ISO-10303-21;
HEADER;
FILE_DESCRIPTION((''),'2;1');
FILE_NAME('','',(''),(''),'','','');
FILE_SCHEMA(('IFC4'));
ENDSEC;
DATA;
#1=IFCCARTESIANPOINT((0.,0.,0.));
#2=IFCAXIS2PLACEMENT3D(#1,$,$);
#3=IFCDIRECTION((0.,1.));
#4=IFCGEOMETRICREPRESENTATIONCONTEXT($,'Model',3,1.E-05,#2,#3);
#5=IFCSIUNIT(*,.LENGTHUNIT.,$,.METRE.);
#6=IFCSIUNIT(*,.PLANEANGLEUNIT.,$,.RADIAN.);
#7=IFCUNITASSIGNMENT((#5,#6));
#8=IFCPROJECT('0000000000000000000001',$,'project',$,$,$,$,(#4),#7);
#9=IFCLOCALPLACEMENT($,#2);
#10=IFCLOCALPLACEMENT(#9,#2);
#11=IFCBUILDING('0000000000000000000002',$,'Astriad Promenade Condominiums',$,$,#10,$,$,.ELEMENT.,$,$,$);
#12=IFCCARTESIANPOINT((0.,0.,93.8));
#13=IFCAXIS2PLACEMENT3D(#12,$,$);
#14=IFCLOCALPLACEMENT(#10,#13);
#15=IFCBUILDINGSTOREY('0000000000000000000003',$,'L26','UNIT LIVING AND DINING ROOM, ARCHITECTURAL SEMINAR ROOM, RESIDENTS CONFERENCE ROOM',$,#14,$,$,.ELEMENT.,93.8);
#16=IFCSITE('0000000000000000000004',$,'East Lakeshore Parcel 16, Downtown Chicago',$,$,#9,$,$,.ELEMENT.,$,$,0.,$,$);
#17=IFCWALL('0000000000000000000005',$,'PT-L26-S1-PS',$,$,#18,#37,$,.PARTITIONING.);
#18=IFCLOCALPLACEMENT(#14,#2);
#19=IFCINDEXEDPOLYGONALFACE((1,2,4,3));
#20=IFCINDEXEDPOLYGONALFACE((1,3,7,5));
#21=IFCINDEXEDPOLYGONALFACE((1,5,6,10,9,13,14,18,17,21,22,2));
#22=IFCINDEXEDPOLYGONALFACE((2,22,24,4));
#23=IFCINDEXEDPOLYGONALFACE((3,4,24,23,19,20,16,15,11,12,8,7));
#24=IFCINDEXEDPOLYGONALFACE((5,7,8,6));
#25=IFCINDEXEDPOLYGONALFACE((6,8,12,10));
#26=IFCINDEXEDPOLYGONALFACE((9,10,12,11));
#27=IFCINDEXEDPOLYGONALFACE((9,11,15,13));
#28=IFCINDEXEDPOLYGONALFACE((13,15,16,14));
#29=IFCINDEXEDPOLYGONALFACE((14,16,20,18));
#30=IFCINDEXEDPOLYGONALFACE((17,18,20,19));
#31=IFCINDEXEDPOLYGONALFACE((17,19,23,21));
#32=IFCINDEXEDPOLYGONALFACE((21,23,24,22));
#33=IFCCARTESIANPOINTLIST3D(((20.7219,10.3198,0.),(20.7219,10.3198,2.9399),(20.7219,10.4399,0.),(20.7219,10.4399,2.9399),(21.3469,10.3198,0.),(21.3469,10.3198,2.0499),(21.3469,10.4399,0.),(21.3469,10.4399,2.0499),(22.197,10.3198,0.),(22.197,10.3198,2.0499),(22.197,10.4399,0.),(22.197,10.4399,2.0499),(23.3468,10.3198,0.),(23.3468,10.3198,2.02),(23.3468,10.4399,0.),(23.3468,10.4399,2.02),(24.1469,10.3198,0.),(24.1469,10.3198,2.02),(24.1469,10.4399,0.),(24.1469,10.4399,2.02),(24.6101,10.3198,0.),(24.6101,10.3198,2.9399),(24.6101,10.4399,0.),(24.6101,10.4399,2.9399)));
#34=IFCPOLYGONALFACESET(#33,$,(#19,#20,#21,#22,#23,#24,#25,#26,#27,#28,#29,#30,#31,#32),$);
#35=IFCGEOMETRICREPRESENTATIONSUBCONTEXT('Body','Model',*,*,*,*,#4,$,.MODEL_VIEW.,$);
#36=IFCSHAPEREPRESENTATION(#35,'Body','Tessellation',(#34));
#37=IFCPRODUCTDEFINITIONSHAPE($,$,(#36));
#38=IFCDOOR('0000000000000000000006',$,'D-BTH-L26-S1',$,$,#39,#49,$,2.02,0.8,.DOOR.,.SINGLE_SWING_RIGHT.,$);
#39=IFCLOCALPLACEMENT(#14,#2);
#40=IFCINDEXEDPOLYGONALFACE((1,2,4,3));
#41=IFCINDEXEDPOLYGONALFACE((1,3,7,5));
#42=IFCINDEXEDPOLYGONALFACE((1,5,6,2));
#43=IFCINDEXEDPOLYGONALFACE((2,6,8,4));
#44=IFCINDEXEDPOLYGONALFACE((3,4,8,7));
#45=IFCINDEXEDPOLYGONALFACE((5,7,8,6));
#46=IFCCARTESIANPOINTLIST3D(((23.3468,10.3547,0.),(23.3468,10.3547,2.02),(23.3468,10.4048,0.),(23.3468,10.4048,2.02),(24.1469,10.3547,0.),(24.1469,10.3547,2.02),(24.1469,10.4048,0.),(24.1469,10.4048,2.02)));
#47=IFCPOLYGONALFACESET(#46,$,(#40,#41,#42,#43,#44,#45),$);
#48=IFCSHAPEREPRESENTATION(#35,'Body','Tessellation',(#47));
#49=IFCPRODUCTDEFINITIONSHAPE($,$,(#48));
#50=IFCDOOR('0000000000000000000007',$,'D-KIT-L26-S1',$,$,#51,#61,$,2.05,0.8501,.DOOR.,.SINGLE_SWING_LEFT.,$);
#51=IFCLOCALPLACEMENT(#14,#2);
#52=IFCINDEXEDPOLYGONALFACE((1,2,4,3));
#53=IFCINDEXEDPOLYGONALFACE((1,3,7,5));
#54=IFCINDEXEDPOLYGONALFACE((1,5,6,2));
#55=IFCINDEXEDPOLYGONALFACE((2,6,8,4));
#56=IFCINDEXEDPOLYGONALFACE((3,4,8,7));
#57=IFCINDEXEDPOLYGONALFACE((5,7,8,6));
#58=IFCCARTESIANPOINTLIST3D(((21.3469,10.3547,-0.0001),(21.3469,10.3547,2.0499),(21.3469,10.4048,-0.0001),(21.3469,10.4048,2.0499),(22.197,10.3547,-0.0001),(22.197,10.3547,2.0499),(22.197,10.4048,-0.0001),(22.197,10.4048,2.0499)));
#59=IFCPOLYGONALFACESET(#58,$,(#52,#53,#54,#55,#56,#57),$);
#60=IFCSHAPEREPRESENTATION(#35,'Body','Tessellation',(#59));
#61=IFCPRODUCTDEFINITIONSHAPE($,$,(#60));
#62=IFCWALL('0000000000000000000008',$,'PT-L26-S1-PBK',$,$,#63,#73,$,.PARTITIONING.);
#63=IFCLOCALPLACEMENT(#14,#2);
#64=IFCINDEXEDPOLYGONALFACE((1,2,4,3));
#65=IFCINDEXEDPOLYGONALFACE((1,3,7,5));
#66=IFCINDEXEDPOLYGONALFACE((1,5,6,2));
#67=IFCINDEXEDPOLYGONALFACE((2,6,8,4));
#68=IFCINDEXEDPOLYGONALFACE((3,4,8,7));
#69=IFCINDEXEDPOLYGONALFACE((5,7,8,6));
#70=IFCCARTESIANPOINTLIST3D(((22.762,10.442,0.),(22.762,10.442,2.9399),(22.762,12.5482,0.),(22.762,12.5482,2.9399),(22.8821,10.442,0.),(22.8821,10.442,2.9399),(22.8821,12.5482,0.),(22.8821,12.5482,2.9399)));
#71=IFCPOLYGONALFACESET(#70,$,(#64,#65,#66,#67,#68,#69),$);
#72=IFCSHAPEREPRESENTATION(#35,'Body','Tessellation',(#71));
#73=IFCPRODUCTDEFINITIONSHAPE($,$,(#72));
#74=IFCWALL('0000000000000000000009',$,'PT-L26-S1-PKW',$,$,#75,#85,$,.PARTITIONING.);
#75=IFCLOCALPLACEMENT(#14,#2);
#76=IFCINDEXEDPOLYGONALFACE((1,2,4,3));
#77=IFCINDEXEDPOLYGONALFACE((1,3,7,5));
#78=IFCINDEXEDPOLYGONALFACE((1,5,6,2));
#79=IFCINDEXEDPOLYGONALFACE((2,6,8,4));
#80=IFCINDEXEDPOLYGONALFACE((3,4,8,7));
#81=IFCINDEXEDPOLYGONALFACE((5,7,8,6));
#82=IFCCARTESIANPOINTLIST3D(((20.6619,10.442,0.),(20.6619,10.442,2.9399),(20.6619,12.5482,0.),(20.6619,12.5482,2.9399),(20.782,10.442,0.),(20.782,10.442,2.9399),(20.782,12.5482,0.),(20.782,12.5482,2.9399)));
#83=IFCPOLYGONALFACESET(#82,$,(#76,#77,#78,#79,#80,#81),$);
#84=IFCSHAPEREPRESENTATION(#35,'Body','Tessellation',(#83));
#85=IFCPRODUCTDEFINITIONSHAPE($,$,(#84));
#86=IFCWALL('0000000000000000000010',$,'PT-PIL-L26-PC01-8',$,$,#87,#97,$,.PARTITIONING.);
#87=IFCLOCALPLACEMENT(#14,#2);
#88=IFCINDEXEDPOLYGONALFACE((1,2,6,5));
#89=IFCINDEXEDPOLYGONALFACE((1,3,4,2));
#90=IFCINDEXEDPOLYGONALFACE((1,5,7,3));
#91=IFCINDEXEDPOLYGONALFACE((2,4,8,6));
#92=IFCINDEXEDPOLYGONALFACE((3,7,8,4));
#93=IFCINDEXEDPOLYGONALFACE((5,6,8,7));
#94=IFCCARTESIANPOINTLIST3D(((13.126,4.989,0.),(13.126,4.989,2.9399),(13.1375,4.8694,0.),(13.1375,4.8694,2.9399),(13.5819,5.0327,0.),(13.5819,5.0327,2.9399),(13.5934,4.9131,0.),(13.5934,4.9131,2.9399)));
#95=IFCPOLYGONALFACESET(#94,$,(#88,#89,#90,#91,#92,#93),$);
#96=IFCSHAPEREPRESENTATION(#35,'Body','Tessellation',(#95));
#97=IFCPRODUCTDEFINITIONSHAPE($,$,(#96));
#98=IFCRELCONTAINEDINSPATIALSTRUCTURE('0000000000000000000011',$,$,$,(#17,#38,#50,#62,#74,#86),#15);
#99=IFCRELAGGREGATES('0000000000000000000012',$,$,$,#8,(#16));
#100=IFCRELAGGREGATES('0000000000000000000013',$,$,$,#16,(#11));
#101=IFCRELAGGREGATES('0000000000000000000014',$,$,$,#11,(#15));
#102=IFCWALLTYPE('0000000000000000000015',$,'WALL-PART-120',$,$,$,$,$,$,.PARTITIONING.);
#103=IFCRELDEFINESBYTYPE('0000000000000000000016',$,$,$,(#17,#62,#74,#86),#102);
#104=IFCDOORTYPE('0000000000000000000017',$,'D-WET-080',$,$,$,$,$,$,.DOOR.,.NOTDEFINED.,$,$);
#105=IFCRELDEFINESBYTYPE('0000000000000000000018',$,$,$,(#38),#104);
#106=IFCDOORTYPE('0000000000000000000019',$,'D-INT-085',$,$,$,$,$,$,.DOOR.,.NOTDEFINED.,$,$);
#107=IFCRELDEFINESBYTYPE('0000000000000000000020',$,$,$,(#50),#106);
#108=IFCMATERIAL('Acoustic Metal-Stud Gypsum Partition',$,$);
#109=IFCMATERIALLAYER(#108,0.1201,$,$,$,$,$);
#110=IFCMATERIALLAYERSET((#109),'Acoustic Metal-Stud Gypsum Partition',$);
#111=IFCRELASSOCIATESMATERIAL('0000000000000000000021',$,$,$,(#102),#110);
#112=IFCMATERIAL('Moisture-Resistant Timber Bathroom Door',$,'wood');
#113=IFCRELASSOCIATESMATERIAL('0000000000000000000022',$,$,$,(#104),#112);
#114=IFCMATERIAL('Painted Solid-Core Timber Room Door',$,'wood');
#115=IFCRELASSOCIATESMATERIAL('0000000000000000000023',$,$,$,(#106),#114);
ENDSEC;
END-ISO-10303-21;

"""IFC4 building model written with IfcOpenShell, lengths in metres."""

from ifc_helpers import new_model, si_unit, direction, frame, frame_2d, origin, place, context, subcontext, project, spatial, rectangle, extrude, source, transform, mapped, material, layer, layer_set, type_object, type_shapes, element, fill, save


model = new_model("IFC4")

# Units and contexts
model_context = context("Model", 3, precision=1e-05, world=origin(), true_north=direction((0.0, 1.0)))
body_context = subcontext(model_context, "Body", "Model", "MODEL_VIEW")
ifc_project = project(units=[si_unit("LENGTHUNIT", "METRE"), si_unit("PLANEANGLEUNIT", "RADIAN")], contexts=[model_context])

# Site, building, storey
site_placement = place(None, origin())
site = spatial("IfcSite", under=ifc_project, at=site_placement, Name="East Lakeshore Parcel 16, Downtown Chicago", CompositionType="ELEMENT", RefElevation=0.0)
building_placement = place(site_placement, origin())
building = spatial("IfcBuilding", under=site, at=building_placement, Name="Astriad Promenade Condominiums", CompositionType="ELEMENT")
storey_placement = place(building_placement, frame((0.0, 0.0, 93.8)))
storey = spatial("IfcBuildingStorey", under=building, at=storey_placement, Name="L26", Description="UNIT LIVING AND DINING ROOM, ARCHITECTURAL SEMINAR ROOM, RESIDENTS CONFERENCE ROOM", CompositionType="ELEMENT", Elevation=93.8)

# Wall, openings, doors
ifc_material_1 = material(Name="Acoustic Metal-Stud Gypsum Partition")
ifc_layer_1 = layer(ifc_material_1, 0.1201)
ifc_layer_set_1 = layer_set([ifc_layer_1], Name="Acoustic Metal-Stud Gypsum Partition")
wall_type_1 = type_object("IfcWallType", Name="WALL-PART-120", PredefinedType="PARTITIONING", material=ifc_layer_set_1)
wall_1_placement = place(storey_placement, frame((20.7219, 10.3799, 0.0), z_axis=(0.0, 0.0, 1.0), x_axis=(1.0, 0.0, 0.0)))
wall_1 = element("IfcWall", 1, at=wall_1_placement, inside=storey, type_object=wall_type_1, Name="PT-L26-S1-PS", PredefinedType="PARTITIONING", context=body_context, shape_type="SweptSolid", body=[
    extrude(rectangle(XDim=3.8882, YDim=0.1201, at=frame_2d((1.9441, 0.0))), origin(), (0.0, 0.0, 1.0), 2.9399),
])
opening_1_placement = place(wall_1_placement, frame((0.625, 0.0, 0.0)))
opening_1 = element("IfcOpeningElement", 2, at=opening_1_placement, cuts=wall_1, PredefinedType="OPENING", context=body_context, shape_type="SweptSolid", body=[
    extrude(rectangle(XDim=0.8501, YDim=2.05, at=frame_2d((0.425, 1.0249))), frame((0.0, 0.0701, 0.0), z_axis=(0.0, -1.0, 0.0), x_axis=(1.0, 0.0, 0.0)), (0.0, 0.0, 1.0), 0.1401),
])
opening_2_placement = place(wall_1_placement, frame((2.625, 0.0, 0.0)))
opening_2 = element("IfcOpeningElement", 3, at=opening_2_placement, cuts=wall_1, PredefinedType="OPENING", context=body_context, shape_type="SweptSolid", body=[
    extrude(rectangle(XDim=0.8, YDim=2.02, at=frame_2d((0.3999, 1.01))), frame((0.0, 0.0701, 0.0), z_axis=(0.0, -1.0, 0.0), x_axis=(1.0, 0.0, 0.0)), (0.0, 0.0, 1.0), 0.1401),
])
ifc_material_2 = material(Name="Moisture-Resistant Timber Bathroom Door", Category="wood")
door_type_1 = type_object("IfcDoorType", Name="D-WET-080", OperationType="NOTDEFINED", PredefinedType="DOOR", material=ifc_material_2)
shared_shape_1 = source(origin(), body_context, "Body", "SweptSolid", [
    extrude(rectangle(XDim=0.8, YDim=2.02, at=frame_2d((0.3999, 1.01))), frame((0.0, 0.0249, 0.0), z_axis=(0.0, -1.0, 0.0), x_axis=(1.0, 0.0, 0.0)), (0.0, 0.0, 1.0), 0.05),
])
type_shapes(door_type_1, [shared_shape_1])
door_1_placement = place(opening_2_placement, origin())
door_1 = element("IfcDoor", 4, at=door_1_placement, inside=storey, type_object=door_type_1, Name="D-BTH-L26-S1", OperationType="SINGLE_SWING_RIGHT", OverallHeight=2.02, OverallWidth=0.8, PredefinedType="DOOR", context=body_context, shape_type="MappedRepresentation", body=[
    mapped(shared_shape_1, transform((0.0, 0.0, 0.0), scale=1.0)),
])
fill(opening_2, door_1)
ifc_material_3 = material(Name="Painted Solid-Core Timber Room Door", Category="wood")
door_type_2 = type_object("IfcDoorType", Name="D-INT-085", OperationType="NOTDEFINED", PredefinedType="DOOR", material=ifc_material_3)
shared_shape_2 = source(origin(), body_context, "Body", "SweptSolid", [
    extrude(rectangle(XDim=0.8501, YDim=2.05, at=frame_2d((0.425, 1.0249))), frame((0.0, 0.0249, 0.0), z_axis=(0.0, -1.0, 0.0), x_axis=(1.0, 0.0, 0.0)), (0.0, 0.0, 1.0), 0.05),
])
type_shapes(door_type_2, [shared_shape_2])
door_2_placement = place(opening_1_placement, origin())
door_2 = element("IfcDoor", 5, at=door_2_placement, inside=storey, type_object=door_type_2, Name="D-KIT-L26-S1", OperationType="SINGLE_SWING_LEFT", OverallHeight=2.05, OverallWidth=0.8501, PredefinedType="DOOR", context=body_context, shape_type="MappedRepresentation", body=[
    mapped(shared_shape_2, transform((0.0, 0.0, 0.0), scale=1.0)),
])
fill(opening_1, door_2)

# Walls
for number, where, z_axis, x_axis, name in (
    (6, (22.822, 10.4419, 0.0), (0.0, 0.0, 1.0), (0.0, 1.0, 0.0), "PT-L26-S1-PBK"),
    (7, (20.7219, 10.4419, 0.0), (0.0, 0.0, 1.0), (0.0, 1.0, 0.0), "PT-L26-S1-PKW"),
):
    element("IfcWall", number, at=place(storey_placement, frame(where, z_axis=z_axis, x_axis=x_axis)), inside=storey, type_object=wall_type_1, Name=name, PredefinedType="PARTITIONING", context=body_context, shape_type="SweptSolid", body=[
        extrude(rectangle(XDim=2.1062, YDim=0.1201, at=frame_2d((1.0532, 0.0))), origin(), (0.0, 0.0, 1.0), 2.9399),
    ])
wall_2_placement = place(storey_placement, frame((13.5876, 4.9729, 0.0), z_axis=(0.0, 0.0, 1.0), x_axis=(-0.995435, -0.095438, 0.0)))
element("IfcWall", 8, at=wall_2_placement, inside=storey, type_object=wall_type_1, Name="PT-PIL-L26-PC01-8", PredefinedType="PARTITIONING", context=body_context, shape_type="SweptSolid", body=[
    extrude(rectangle(XDim=0.458, YDim=0.1201, at=frame_2d((0.229, 0.0))), origin(), (0.0, 0.0, 1.0), 2.9399),
])

save(model, "model.ifc")
